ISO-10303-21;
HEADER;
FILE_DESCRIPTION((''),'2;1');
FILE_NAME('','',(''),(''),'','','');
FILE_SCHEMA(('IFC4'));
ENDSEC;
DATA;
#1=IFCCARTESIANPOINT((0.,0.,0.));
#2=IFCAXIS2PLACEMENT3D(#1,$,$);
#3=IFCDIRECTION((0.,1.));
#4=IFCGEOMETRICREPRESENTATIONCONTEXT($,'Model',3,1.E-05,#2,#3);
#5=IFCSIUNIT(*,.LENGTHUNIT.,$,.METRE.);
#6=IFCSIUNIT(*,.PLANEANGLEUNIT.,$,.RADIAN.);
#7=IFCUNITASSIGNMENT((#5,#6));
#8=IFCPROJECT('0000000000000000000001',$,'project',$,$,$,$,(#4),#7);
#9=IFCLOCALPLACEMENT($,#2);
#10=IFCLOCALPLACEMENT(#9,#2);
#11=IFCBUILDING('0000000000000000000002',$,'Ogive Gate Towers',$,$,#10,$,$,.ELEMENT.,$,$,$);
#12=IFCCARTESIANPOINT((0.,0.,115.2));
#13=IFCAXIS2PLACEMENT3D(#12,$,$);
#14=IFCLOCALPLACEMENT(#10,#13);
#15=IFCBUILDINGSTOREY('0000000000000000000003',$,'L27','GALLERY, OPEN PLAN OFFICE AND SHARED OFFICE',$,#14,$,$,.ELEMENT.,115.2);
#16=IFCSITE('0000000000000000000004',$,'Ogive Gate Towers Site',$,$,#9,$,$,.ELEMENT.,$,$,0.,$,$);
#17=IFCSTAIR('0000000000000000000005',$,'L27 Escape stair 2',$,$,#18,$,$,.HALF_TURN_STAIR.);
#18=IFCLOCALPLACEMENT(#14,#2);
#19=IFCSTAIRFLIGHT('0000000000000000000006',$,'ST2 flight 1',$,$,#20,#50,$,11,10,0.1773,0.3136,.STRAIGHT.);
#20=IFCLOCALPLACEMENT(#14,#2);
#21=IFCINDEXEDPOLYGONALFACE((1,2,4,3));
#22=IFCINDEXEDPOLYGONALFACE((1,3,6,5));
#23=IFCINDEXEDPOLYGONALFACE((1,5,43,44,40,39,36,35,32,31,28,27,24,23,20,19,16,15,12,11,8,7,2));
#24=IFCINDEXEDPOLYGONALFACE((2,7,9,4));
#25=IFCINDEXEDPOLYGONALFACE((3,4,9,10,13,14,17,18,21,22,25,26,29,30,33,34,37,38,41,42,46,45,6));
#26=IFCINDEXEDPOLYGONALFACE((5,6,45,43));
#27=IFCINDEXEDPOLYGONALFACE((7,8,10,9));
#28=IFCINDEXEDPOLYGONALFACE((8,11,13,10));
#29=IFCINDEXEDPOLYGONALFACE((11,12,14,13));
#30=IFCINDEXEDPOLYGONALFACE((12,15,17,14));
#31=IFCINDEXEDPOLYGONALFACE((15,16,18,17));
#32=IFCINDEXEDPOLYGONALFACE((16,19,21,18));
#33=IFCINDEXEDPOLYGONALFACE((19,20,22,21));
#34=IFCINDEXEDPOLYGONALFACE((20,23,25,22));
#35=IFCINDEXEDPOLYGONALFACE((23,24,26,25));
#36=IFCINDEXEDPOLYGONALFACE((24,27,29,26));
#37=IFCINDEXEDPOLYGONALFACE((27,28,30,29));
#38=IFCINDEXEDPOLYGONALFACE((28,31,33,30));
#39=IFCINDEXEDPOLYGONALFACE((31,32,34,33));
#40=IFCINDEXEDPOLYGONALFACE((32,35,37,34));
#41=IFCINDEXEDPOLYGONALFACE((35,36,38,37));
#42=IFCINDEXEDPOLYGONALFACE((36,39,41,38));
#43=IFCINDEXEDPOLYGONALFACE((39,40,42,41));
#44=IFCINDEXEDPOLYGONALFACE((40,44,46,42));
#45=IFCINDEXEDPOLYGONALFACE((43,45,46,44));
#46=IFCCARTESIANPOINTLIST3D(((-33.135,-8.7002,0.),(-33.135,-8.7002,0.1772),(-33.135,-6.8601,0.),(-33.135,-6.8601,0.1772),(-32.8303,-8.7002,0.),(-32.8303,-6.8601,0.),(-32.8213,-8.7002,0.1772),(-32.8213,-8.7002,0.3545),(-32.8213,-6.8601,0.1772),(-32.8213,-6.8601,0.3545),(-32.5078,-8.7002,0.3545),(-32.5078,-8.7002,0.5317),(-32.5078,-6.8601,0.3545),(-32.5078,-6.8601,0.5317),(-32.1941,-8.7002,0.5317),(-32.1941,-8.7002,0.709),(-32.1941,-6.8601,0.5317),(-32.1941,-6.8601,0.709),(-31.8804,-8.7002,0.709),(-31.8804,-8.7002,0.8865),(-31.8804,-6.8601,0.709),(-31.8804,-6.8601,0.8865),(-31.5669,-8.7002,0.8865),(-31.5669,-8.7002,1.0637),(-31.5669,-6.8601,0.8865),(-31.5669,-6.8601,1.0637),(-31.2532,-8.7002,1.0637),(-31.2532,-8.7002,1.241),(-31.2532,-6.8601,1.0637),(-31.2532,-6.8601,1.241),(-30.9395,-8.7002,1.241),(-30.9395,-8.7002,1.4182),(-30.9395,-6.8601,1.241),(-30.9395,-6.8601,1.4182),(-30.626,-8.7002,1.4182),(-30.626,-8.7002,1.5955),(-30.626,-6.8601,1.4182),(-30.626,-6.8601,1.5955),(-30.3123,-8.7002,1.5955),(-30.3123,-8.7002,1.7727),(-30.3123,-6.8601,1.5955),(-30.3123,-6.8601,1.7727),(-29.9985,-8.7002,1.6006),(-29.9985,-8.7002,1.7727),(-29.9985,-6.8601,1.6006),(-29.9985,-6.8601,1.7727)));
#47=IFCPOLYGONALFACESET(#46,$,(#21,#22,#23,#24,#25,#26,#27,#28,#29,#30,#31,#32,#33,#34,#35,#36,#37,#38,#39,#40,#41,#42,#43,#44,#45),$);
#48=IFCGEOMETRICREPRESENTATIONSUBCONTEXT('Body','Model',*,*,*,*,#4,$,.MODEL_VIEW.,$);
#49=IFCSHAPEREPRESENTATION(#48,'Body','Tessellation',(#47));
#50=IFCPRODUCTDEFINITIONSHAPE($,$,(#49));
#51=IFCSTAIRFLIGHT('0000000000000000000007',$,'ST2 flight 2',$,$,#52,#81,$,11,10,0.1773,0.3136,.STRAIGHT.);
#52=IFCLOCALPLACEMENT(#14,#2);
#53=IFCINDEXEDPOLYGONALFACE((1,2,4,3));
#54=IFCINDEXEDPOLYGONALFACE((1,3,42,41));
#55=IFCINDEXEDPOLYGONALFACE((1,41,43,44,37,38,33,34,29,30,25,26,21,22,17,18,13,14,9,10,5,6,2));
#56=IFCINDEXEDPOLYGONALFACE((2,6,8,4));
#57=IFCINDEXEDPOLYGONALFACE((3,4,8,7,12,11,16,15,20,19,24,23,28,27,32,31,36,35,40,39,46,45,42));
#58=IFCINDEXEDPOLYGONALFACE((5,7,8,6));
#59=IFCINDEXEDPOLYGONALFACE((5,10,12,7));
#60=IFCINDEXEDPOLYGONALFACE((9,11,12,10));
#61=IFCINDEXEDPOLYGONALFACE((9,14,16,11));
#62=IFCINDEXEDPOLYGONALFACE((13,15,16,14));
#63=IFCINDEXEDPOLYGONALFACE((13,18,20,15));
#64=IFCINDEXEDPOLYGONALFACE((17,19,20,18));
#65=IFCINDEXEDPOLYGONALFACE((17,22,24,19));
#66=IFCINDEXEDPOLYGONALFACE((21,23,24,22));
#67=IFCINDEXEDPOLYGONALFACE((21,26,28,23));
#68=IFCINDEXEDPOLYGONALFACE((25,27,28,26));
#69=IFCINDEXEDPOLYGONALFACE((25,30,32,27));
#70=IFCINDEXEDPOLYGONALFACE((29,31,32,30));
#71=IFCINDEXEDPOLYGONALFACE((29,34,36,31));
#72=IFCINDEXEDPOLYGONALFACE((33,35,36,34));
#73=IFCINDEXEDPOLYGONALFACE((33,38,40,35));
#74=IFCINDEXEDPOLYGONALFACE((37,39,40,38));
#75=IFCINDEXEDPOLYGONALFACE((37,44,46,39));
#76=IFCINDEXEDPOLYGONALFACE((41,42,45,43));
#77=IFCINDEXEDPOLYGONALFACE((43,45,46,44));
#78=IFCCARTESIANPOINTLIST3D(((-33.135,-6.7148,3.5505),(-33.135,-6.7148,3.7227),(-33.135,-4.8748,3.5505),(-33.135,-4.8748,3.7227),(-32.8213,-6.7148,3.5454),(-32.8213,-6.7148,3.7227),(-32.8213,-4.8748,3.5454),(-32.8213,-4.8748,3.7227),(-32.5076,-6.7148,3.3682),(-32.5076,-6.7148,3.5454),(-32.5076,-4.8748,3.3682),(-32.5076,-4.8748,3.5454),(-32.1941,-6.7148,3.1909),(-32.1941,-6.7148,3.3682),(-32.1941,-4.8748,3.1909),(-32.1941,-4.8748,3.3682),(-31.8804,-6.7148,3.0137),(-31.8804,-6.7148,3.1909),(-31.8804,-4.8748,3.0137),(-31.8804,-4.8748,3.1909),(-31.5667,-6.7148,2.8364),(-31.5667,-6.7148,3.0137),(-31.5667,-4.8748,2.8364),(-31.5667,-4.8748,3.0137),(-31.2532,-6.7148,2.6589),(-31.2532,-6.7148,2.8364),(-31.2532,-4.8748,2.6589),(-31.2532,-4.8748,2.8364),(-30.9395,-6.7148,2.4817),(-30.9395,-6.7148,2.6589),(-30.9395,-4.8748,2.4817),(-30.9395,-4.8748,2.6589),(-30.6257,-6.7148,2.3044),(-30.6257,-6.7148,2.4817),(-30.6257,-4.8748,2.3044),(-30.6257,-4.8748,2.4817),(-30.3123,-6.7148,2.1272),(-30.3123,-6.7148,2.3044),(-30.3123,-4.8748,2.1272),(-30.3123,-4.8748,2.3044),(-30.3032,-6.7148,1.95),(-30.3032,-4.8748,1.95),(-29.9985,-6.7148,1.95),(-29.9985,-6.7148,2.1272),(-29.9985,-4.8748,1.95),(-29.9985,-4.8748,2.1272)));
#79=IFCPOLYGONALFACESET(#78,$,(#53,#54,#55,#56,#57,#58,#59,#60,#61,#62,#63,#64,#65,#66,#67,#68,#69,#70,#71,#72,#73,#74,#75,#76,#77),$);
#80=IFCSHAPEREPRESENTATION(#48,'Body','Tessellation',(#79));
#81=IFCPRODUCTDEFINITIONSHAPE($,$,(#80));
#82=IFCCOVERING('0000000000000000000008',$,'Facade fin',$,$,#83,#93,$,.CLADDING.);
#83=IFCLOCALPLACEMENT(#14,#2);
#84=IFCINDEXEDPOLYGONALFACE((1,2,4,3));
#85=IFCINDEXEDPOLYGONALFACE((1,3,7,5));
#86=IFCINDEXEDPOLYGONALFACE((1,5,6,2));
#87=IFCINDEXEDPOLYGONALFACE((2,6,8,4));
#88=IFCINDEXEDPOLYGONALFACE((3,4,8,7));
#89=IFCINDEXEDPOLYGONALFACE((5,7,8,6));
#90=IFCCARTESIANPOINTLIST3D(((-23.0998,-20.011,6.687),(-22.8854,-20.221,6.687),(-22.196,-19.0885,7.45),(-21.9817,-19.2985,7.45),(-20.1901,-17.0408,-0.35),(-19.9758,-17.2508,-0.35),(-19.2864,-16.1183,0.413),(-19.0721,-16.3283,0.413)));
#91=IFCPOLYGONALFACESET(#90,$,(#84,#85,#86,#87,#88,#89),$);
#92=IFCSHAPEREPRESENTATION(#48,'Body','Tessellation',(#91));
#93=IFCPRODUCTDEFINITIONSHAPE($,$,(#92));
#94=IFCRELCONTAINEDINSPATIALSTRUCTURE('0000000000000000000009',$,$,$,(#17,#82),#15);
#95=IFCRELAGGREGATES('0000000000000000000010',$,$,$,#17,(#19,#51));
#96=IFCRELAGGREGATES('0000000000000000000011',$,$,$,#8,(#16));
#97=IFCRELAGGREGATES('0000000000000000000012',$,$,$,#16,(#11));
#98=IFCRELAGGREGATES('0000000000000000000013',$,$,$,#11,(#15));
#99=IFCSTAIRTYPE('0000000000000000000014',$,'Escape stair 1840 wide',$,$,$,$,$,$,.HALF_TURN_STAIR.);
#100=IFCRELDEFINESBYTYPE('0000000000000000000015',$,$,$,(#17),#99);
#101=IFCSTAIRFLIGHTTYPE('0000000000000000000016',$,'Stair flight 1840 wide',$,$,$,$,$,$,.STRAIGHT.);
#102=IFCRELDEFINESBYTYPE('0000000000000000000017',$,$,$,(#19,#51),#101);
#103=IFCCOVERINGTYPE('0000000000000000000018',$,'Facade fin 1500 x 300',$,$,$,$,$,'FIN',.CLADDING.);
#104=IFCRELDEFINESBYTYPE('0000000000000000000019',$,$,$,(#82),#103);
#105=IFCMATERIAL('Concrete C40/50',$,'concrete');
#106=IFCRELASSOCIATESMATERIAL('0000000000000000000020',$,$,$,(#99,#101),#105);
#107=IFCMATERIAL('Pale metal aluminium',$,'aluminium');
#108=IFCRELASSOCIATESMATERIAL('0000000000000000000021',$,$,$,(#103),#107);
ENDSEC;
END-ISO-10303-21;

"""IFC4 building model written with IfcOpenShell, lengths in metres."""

from ifc_helpers import new_model, si_unit, direction, frame, origin, origin_2d, place, context, subcontext, project, spatial, polyline, rectangle, outline, extrude, material, material_profile, profile_set, type_object, element, aggregate, save


model = new_model("IFC4")

# Units and contexts
model_context = context("Model", 3, precision=1e-05, world=origin(), true_north=direction((0.0, 1.0)))
body_context = subcontext(model_context, "Body", "Model", "MODEL_VIEW")
ifc_project = project(units=[si_unit("LENGTHUNIT", "METRE"), si_unit("PLANEANGLEUNIT", "RADIAN")], contexts=[model_context])

# Site, building, storey
site_placement = place(None, origin())
site = spatial("IfcSite", under=ifc_project, at=site_placement, Name="Ogive Gate Towers Site", CompositionType="ELEMENT", RefElevation=0.0)
building_placement = place(site_placement, origin())
building = spatial("IfcBuilding", under=site, at=building_placement, Name="Ogive Gate Towers", CompositionType="ELEMENT")
storey_placement = place(building_placement, frame((0.0, 0.0, 115.2)))
storey = spatial("IfcBuildingStorey", under=building, at=storey_placement, Name="L27", Description="GALLERY, OPEN PLAN OFFICE AND SHARED OFFICE", CompositionType="ELEMENT", Elevation=115.2)

# Shared definitions
ifc_material_1 = material(Name="Pale metal aluminium", Category="aluminium")

# Stair, stair flights
ifc_material_2 = material(Name="Concrete C40/50", Category="concrete")
stair_type = type_object("IfcStairType", Name="Escape stair 1840 wide", PredefinedType="HALF_TURN_STAIR", material=ifc_material_2)
stair_placement = place(storey_placement, origin())
stair = element("IfcStair", 1, at=stair_placement, inside=storey, type_object=stair_type, Name="L27 Escape stair 2", PredefinedType="HALF_TURN_STAIR")
stair_flight_type = type_object("IfcStairFlightType", Name="Stair flight 1840 wide", PredefinedType="STRAIGHT", material=ifc_material_2)
stair_flight_1_placement = place(storey_placement, frame((-33.135, -7.78, 0.0), z_axis=(0.0, 0.0, 1.0), x_axis=(1.0, 0.0, 0.0)))
stair_flight_1 = element("IfcStairFlight", 2, at=stair_flight_1_placement, type_object=stair_flight_type, Name="ST2 flight 1", NumberOfRisers=11, NumberOfTreads=10, PredefinedType="STRAIGHT", RiserHeight=0.1773, TreadLength=0.3136, context=body_context, shape_type="SweptSolid", body=[
    extrude(outline(polyline([(0.0, 0.0), (0.0, 0.1772), (0.3137, 0.1772), (0.3137, 0.3545), (0.6272, 0.3545), (0.6272, 0.5317), (0.9409, 0.5317), (0.9409, 0.709), (1.2546, 0.709), (1.2546, 0.8865), (1.5681, 0.8865), (1.5681, 1.0637), (1.8818, 1.0637), (1.8818, 1.241), (2.1956, 1.241), (2.1956, 1.4182), (2.509, 1.4182), (2.509, 1.5955), (2.8228, 1.5955), (2.8228, 1.7727), (3.1365, 1.7727), (3.1365, 1.95), (3.1365, 1.6006), (0.3047, 0.0), (0.0, 0.0)])), frame((0.0, 0.9199, 0.0), z_axis=(0.0, -1.0, 0.0), x_axis=(1.0, 0.0, 0.0)), (0.0, 0.0, 1.0), 1.8401),
])
stair_flight_2_placement = place(storey_placement, frame((-29.9985, -5.7949, 1.95), z_axis=(0.0, 0.0, 1.0), x_axis=(-1.0, 0.0, 0.0)))
stair_flight_2 = element("IfcStairFlight", 3, at=stair_flight_2_placement, type_object=stair_flight_type, Name="ST2 flight 2", NumberOfRisers=11, NumberOfTreads=10, PredefinedType="STRAIGHT", RiserHeight=0.1773, TreadLength=0.3136, context=body_context, shape_type="SweptSolid", body=[
    extrude(outline(polyline([(0.0, 0.0), (0.0, 0.1772), (0.3137, 0.1772), (0.3137, 0.3545), (0.6272, 0.3545), (0.6272, 0.5317), (0.9409, 0.5317), (0.9409, 0.709), (1.2546, 0.709), (1.2546, 0.8865), (1.5681, 0.8865), (1.5681, 1.0637), (1.8818, 1.0637), (1.8818, 1.241), (2.1956, 1.241), (2.1956, 1.4182), (2.509, 1.4182), (2.509, 1.5955), (2.8228, 1.5955), (2.8228, 1.7727), (3.1365, 1.7727), (3.1365, 1.95), (3.1365, 1.6006), (0.3047, 0.0), (0.0, 0.0)])), frame((0.0, 0.9199, 0.0), z_axis=(0.0, -1.0, 0.0), x_axis=(1.0, 0.0, 0.0)), (0.0, 0.0, 1.0), 1.8401),
])
aggregate(stair, [stair_flight_1, stair_flight_2])

# Covering
ifc_material_profile_1 = material_profile(ifc_material_1, rectangle(XDim=0.3, YDim=1.5, at=origin_2d()), Name="1500 x 300 pale metal aluminium")
ifc_profile_set_1 = profile_set([ifc_material_profile_1], Name="Pale metal aluminium")
covering_type = type_object("IfcCoveringType", Name="Facade fin 1500 x 300", ElementType="FIN", PredefinedType="CLADDING", material=ifc_profile_set_1)
covering_placement = place(storey_placement, frame((-19.6311, -16.6846, 0.0315), z_axis=(-0.35598, -0.363387, 0.860946), x_axis=(0.71435, -0.699788, 0.0)))
element("IfcCovering", 4, at=covering_placement, inside=storey, type_object=covering_type, Name="Facade fin", PredefinedType="CLADDING", context=body_context, shape_type="SweptSolid", body=[
    extrude(rectangle(XDim=0.3, YDim=1.5, at=origin_2d()), origin(), (0.0, 0.0, 1.0), 8.1736),
])

save(model, "model.ifc")
